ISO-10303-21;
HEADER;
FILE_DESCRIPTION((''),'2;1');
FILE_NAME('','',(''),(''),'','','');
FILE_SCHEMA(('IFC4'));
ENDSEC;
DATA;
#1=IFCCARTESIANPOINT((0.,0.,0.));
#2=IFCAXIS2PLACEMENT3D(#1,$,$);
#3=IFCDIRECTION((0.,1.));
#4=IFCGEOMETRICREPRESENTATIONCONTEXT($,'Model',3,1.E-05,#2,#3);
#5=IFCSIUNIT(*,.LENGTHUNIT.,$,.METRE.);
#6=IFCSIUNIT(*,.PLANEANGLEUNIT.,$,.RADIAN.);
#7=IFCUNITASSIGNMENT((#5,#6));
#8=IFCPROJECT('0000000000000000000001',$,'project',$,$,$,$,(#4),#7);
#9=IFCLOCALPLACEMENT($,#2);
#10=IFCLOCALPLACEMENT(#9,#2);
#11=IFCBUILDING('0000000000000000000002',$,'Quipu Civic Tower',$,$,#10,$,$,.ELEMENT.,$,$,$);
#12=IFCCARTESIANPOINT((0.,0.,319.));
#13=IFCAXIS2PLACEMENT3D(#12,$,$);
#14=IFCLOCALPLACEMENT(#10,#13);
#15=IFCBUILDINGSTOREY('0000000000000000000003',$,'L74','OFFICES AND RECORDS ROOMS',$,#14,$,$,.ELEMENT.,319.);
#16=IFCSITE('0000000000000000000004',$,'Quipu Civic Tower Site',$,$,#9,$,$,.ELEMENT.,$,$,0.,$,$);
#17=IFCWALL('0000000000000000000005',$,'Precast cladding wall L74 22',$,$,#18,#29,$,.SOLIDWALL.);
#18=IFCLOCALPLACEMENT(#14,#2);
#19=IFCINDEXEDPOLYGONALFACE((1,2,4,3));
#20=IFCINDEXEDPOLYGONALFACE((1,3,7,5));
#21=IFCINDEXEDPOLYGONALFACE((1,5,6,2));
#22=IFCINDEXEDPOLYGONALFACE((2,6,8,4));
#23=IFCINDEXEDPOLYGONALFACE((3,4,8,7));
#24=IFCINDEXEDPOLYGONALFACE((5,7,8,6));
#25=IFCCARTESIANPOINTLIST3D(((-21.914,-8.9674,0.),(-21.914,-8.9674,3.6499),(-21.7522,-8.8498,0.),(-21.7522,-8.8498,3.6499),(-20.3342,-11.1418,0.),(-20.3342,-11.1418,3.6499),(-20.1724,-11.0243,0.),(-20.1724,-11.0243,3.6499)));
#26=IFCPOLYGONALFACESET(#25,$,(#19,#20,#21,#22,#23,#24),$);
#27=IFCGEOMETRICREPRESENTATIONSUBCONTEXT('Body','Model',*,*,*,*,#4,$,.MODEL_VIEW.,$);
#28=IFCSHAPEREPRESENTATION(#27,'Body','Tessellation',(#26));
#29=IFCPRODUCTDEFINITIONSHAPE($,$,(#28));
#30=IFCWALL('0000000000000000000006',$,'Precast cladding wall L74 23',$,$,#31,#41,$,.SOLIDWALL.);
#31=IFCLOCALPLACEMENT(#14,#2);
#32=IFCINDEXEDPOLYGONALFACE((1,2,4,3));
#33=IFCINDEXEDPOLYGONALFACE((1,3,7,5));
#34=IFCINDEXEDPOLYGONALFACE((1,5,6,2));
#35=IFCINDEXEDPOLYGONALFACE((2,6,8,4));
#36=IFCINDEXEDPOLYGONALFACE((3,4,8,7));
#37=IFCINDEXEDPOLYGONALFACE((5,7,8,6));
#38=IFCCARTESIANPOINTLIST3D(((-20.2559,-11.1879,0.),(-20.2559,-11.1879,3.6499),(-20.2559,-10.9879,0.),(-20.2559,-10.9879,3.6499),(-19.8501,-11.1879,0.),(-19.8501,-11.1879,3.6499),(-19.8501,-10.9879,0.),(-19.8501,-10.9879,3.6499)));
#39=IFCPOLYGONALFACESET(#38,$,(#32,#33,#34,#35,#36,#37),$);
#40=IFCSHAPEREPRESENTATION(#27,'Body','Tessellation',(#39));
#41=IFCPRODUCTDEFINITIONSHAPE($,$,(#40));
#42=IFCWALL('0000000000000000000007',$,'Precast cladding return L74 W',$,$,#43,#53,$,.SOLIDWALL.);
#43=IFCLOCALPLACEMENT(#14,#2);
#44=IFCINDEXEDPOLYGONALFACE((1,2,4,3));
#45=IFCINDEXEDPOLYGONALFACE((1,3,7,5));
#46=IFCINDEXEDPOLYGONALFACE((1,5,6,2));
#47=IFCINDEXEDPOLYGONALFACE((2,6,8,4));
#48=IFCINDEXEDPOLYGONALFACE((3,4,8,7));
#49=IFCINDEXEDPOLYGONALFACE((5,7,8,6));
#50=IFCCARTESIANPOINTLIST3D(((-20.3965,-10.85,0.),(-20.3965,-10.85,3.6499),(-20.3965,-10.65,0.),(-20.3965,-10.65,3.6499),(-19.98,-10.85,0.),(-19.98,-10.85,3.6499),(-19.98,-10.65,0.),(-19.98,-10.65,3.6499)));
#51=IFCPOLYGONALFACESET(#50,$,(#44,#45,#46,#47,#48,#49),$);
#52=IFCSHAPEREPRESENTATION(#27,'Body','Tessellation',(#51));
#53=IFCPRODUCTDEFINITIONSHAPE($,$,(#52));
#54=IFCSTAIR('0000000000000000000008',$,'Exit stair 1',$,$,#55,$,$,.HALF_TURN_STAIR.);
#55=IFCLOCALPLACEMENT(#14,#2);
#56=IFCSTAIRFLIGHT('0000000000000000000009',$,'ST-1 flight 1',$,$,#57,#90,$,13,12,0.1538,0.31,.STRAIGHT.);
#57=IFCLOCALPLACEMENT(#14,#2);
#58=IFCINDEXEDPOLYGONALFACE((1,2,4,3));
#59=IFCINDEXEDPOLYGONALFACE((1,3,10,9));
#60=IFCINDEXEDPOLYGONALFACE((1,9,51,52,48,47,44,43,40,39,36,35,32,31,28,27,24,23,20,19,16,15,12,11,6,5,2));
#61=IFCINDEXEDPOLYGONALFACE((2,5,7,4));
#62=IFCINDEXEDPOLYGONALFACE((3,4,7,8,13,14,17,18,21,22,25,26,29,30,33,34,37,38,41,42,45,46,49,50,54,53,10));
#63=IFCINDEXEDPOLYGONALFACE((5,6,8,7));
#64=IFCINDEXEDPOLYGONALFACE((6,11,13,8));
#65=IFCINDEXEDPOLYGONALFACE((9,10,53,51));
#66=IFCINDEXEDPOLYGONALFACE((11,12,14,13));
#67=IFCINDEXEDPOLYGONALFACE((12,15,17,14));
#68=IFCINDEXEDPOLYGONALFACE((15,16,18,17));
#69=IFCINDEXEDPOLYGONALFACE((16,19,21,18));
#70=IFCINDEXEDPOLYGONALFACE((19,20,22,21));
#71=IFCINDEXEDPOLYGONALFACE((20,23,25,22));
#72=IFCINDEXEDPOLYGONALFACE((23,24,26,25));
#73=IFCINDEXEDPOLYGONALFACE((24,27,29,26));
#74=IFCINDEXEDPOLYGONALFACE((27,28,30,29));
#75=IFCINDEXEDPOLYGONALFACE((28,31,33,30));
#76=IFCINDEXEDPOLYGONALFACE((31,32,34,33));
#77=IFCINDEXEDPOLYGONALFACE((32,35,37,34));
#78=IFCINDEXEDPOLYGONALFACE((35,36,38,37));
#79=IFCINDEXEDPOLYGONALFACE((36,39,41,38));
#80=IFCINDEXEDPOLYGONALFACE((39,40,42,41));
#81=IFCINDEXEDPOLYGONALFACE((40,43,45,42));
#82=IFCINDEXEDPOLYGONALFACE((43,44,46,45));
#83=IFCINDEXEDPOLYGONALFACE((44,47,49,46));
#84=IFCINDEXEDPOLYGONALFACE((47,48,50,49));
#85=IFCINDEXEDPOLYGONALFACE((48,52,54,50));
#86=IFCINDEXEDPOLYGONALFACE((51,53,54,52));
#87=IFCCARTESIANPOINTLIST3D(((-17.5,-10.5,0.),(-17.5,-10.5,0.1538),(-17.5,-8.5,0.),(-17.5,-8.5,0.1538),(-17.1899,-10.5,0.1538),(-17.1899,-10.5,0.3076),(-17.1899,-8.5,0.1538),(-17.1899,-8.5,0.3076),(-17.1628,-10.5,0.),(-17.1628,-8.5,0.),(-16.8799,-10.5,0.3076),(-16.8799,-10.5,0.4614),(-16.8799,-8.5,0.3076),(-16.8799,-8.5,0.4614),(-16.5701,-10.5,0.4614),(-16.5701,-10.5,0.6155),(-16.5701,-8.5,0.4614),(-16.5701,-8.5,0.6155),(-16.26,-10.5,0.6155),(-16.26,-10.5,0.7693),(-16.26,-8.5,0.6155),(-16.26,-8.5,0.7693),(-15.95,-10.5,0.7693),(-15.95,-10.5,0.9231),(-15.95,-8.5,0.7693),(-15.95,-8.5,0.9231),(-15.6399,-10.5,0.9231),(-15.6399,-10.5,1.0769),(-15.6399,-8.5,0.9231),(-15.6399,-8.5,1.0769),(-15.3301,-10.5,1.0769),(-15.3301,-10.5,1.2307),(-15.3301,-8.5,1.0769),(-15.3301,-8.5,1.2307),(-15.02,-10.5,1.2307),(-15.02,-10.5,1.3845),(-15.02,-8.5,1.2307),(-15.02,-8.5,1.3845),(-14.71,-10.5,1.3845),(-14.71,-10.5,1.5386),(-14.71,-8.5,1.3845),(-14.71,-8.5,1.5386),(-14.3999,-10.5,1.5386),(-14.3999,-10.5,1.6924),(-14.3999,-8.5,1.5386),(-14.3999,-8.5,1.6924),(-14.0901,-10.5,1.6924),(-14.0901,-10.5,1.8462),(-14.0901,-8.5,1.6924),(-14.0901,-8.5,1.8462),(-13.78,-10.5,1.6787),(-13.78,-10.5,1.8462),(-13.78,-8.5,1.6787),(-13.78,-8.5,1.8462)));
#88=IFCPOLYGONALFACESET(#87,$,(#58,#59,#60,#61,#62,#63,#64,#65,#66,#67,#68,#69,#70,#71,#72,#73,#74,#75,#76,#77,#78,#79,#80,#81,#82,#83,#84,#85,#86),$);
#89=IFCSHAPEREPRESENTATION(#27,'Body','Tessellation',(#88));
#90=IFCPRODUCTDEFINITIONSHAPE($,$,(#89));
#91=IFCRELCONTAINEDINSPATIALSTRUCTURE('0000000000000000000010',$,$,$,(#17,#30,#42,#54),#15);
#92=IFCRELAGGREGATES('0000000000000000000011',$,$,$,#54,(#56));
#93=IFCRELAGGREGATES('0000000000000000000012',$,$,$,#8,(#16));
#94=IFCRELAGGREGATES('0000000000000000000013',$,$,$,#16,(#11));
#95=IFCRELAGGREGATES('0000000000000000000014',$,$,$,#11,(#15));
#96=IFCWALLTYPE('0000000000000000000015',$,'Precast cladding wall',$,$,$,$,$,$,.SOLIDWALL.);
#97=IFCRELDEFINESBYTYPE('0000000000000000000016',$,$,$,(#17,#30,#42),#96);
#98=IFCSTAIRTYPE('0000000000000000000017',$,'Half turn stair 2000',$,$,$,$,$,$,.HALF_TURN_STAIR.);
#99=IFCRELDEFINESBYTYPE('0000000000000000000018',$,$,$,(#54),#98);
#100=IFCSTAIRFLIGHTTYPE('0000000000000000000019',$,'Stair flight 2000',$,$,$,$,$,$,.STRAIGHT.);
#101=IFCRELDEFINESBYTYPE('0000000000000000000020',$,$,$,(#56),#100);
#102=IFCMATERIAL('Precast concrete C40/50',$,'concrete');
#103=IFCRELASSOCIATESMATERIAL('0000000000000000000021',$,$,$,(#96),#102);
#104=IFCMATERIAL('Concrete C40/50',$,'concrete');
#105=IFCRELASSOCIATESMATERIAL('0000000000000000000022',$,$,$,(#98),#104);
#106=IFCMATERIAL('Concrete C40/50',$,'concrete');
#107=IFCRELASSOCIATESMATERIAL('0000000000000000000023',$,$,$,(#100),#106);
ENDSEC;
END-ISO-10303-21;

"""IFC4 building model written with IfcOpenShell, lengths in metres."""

from ifc_helpers import new_model, si_unit, direction, frame, frame_2d, origin, place, context, subcontext, project, spatial, polyline, rectangle, outline, extrude, material, type_object, element, aggregate, save


model = new_model("IFC4")

# Units and contexts
model_context = context("Model", 3, precision=1e-05, world=origin(), true_north=direction((0.0, 1.0)))
body_context = subcontext(model_context, "Body", "Model", "MODEL_VIEW")
ifc_project = project(units=[si_unit("LENGTHUNIT", "METRE"), si_unit("PLANEANGLEUNIT", "RADIAN")], contexts=[model_context])

# Site, building, storey
site_placement = place(None, origin())
site = spatial("IfcSite", under=ifc_project, at=site_placement, Name="Quipu Civic Tower Site", CompositionType="ELEMENT", RefElevation=0.0)
building_placement = place(site_placement, origin())
building = spatial("IfcBuilding", under=site, at=building_placement, Name="Quipu Civic Tower", CompositionType="ELEMENT")
storey_placement = place(building_placement, frame((0.0, 0.0, 319.0)))
storey = spatial("IfcBuildingStorey", under=building, at=storey_placement, Name="L74", Description="OFFICES AND RECORDS ROOMS", CompositionType="ELEMENT", Elevation=319.0)

# Walls
ifc_material_1 = material(Name="Precast concrete C40/50", Category="concrete")
wall_type_1 = type_object("IfcWallType", Name="Precast cladding wall", PredefinedType="SOLIDWALL", material=ifc_material_1)
wall_1_placement = place(storey_placement, frame((-21.833, -8.9087, 0.0), z_axis=(0.0, 0.0, 1.0), x_axis=(0.587767, -0.809031, 0.0)))
element("IfcWall", 1, at=wall_1_placement, inside=storey, type_object=wall_type_1, Name="Precast cladding wall L74 22", PredefinedType="SOLIDWALL", context=body_context, shape_type="SweptSolid", body=[
    extrude(rectangle(XDim=2.6877, YDim=0.2, at=frame_2d((1.3438, 0.0))), origin(), (0.0, 0.0, 1.0), 3.6499),
])
wall_2_placement = place(storey_placement, frame((-20.2559, -11.0879, 0.0), z_axis=(0.0, 0.0, 1.0), x_axis=(1.0, 0.0, 0.0)))
element("IfcWall", 2, at=wall_2_placement, inside=storey, type_object=wall_type_1, Name="Precast cladding wall L74 23", PredefinedType="SOLIDWALL", context=body_context, shape_type="SweptSolid", body=[
    extrude(rectangle(XDim=0.4058, YDim=0.2, at=frame_2d((0.2029, 0.0))), origin(), (0.0, 0.0, 1.0), 3.6499),
])
wall_3_placement = place(storey_placement, frame((-19.98, -10.75, 0.0), z_axis=(0.0, 0.0, 1.0), x_axis=(-1.0, 0.0, 0.0)))
element("IfcWall", 3, at=wall_3_placement, inside=storey, type_object=wall_type_1, Name="Precast cladding return L74 W", PredefinedType="SOLIDWALL", context=body_context, shape_type="SweptSolid", body=[
    extrude(rectangle(XDim=0.4165, YDim=0.2, at=frame_2d((0.2083, 0.0))), origin(), (0.0, 0.0, 1.0), 3.6499),
])

# Stair, stair flight
ifc_material_2 = material(Name="Concrete C40/50", Category="concrete")
stair_type = type_object("IfcStairType", Name="Half turn stair 2000", PredefinedType="HALF_TURN_STAIR", material=ifc_material_2)
stair_placement = place(storey_placement, origin())
stair = element("IfcStair", 4, at=stair_placement, inside=storey, type_object=stair_type, Name="Exit stair 1", PredefinedType="HALF_TURN_STAIR")
ifc_material_3 = material(Name="Concrete C40/50", Category="concrete")
stair_flight_type = type_object("IfcStairFlightType", Name="Stair flight 2000", PredefinedType="STRAIGHT", material=ifc_material_3)
stair_flight_placement = place(storey_placement, frame((-17.5, -9.5, 0.0), z_axis=(0.0, 0.0, 1.0), x_axis=(1.0, 0.0, 0.0)))
stair_flight = element("IfcStairFlight", 5, at=stair_flight_placement, type_object=stair_flight_type, Name="ST-1 flight 1", NumberOfRisers=13, NumberOfTreads=12, PredefinedType="STRAIGHT", RiserHeight=0.1538, TreadLength=0.31, context=body_context, shape_type="SweptSolid", body=[
    extrude(outline(polyline([(0.0, 0.0), (0.0, 0.1538), (0.3101, 0.1538), (0.3101, 0.3076), (0.6201, 0.3076), (0.6201, 0.4614), (0.9299, 0.4614), (0.9299, 0.6155), (1.24, 0.6155), (1.24, 0.7693), (1.55, 0.7693), (1.55, 0.9231), (1.8601, 0.9231), (1.8601, 1.0769), (2.1699, 1.0769), (2.1699, 1.2307), (2.48, 1.2307), (2.48, 1.3845), (2.79, 1.3845), (2.79, 1.5386), (3.1001, 1.5386), (3.1001, 1.6924), (3.4099, 1.6924), (3.4099, 1.8462), (3.72, 1.8462), (3.72, 2.0), (3.72, 1.6787), (0.3372, 0.0), (0.0, 0.0)])), frame((0.0, 1.0, 0.0), z_axis=(0.0, -1.0, 0.0), x_axis=(1.0, 0.0, 0.0)), (0.0, 0.0, 1.0), 2.0),
])
aggregate(stair, [stair_flight])

save(model, "model.ifc")
